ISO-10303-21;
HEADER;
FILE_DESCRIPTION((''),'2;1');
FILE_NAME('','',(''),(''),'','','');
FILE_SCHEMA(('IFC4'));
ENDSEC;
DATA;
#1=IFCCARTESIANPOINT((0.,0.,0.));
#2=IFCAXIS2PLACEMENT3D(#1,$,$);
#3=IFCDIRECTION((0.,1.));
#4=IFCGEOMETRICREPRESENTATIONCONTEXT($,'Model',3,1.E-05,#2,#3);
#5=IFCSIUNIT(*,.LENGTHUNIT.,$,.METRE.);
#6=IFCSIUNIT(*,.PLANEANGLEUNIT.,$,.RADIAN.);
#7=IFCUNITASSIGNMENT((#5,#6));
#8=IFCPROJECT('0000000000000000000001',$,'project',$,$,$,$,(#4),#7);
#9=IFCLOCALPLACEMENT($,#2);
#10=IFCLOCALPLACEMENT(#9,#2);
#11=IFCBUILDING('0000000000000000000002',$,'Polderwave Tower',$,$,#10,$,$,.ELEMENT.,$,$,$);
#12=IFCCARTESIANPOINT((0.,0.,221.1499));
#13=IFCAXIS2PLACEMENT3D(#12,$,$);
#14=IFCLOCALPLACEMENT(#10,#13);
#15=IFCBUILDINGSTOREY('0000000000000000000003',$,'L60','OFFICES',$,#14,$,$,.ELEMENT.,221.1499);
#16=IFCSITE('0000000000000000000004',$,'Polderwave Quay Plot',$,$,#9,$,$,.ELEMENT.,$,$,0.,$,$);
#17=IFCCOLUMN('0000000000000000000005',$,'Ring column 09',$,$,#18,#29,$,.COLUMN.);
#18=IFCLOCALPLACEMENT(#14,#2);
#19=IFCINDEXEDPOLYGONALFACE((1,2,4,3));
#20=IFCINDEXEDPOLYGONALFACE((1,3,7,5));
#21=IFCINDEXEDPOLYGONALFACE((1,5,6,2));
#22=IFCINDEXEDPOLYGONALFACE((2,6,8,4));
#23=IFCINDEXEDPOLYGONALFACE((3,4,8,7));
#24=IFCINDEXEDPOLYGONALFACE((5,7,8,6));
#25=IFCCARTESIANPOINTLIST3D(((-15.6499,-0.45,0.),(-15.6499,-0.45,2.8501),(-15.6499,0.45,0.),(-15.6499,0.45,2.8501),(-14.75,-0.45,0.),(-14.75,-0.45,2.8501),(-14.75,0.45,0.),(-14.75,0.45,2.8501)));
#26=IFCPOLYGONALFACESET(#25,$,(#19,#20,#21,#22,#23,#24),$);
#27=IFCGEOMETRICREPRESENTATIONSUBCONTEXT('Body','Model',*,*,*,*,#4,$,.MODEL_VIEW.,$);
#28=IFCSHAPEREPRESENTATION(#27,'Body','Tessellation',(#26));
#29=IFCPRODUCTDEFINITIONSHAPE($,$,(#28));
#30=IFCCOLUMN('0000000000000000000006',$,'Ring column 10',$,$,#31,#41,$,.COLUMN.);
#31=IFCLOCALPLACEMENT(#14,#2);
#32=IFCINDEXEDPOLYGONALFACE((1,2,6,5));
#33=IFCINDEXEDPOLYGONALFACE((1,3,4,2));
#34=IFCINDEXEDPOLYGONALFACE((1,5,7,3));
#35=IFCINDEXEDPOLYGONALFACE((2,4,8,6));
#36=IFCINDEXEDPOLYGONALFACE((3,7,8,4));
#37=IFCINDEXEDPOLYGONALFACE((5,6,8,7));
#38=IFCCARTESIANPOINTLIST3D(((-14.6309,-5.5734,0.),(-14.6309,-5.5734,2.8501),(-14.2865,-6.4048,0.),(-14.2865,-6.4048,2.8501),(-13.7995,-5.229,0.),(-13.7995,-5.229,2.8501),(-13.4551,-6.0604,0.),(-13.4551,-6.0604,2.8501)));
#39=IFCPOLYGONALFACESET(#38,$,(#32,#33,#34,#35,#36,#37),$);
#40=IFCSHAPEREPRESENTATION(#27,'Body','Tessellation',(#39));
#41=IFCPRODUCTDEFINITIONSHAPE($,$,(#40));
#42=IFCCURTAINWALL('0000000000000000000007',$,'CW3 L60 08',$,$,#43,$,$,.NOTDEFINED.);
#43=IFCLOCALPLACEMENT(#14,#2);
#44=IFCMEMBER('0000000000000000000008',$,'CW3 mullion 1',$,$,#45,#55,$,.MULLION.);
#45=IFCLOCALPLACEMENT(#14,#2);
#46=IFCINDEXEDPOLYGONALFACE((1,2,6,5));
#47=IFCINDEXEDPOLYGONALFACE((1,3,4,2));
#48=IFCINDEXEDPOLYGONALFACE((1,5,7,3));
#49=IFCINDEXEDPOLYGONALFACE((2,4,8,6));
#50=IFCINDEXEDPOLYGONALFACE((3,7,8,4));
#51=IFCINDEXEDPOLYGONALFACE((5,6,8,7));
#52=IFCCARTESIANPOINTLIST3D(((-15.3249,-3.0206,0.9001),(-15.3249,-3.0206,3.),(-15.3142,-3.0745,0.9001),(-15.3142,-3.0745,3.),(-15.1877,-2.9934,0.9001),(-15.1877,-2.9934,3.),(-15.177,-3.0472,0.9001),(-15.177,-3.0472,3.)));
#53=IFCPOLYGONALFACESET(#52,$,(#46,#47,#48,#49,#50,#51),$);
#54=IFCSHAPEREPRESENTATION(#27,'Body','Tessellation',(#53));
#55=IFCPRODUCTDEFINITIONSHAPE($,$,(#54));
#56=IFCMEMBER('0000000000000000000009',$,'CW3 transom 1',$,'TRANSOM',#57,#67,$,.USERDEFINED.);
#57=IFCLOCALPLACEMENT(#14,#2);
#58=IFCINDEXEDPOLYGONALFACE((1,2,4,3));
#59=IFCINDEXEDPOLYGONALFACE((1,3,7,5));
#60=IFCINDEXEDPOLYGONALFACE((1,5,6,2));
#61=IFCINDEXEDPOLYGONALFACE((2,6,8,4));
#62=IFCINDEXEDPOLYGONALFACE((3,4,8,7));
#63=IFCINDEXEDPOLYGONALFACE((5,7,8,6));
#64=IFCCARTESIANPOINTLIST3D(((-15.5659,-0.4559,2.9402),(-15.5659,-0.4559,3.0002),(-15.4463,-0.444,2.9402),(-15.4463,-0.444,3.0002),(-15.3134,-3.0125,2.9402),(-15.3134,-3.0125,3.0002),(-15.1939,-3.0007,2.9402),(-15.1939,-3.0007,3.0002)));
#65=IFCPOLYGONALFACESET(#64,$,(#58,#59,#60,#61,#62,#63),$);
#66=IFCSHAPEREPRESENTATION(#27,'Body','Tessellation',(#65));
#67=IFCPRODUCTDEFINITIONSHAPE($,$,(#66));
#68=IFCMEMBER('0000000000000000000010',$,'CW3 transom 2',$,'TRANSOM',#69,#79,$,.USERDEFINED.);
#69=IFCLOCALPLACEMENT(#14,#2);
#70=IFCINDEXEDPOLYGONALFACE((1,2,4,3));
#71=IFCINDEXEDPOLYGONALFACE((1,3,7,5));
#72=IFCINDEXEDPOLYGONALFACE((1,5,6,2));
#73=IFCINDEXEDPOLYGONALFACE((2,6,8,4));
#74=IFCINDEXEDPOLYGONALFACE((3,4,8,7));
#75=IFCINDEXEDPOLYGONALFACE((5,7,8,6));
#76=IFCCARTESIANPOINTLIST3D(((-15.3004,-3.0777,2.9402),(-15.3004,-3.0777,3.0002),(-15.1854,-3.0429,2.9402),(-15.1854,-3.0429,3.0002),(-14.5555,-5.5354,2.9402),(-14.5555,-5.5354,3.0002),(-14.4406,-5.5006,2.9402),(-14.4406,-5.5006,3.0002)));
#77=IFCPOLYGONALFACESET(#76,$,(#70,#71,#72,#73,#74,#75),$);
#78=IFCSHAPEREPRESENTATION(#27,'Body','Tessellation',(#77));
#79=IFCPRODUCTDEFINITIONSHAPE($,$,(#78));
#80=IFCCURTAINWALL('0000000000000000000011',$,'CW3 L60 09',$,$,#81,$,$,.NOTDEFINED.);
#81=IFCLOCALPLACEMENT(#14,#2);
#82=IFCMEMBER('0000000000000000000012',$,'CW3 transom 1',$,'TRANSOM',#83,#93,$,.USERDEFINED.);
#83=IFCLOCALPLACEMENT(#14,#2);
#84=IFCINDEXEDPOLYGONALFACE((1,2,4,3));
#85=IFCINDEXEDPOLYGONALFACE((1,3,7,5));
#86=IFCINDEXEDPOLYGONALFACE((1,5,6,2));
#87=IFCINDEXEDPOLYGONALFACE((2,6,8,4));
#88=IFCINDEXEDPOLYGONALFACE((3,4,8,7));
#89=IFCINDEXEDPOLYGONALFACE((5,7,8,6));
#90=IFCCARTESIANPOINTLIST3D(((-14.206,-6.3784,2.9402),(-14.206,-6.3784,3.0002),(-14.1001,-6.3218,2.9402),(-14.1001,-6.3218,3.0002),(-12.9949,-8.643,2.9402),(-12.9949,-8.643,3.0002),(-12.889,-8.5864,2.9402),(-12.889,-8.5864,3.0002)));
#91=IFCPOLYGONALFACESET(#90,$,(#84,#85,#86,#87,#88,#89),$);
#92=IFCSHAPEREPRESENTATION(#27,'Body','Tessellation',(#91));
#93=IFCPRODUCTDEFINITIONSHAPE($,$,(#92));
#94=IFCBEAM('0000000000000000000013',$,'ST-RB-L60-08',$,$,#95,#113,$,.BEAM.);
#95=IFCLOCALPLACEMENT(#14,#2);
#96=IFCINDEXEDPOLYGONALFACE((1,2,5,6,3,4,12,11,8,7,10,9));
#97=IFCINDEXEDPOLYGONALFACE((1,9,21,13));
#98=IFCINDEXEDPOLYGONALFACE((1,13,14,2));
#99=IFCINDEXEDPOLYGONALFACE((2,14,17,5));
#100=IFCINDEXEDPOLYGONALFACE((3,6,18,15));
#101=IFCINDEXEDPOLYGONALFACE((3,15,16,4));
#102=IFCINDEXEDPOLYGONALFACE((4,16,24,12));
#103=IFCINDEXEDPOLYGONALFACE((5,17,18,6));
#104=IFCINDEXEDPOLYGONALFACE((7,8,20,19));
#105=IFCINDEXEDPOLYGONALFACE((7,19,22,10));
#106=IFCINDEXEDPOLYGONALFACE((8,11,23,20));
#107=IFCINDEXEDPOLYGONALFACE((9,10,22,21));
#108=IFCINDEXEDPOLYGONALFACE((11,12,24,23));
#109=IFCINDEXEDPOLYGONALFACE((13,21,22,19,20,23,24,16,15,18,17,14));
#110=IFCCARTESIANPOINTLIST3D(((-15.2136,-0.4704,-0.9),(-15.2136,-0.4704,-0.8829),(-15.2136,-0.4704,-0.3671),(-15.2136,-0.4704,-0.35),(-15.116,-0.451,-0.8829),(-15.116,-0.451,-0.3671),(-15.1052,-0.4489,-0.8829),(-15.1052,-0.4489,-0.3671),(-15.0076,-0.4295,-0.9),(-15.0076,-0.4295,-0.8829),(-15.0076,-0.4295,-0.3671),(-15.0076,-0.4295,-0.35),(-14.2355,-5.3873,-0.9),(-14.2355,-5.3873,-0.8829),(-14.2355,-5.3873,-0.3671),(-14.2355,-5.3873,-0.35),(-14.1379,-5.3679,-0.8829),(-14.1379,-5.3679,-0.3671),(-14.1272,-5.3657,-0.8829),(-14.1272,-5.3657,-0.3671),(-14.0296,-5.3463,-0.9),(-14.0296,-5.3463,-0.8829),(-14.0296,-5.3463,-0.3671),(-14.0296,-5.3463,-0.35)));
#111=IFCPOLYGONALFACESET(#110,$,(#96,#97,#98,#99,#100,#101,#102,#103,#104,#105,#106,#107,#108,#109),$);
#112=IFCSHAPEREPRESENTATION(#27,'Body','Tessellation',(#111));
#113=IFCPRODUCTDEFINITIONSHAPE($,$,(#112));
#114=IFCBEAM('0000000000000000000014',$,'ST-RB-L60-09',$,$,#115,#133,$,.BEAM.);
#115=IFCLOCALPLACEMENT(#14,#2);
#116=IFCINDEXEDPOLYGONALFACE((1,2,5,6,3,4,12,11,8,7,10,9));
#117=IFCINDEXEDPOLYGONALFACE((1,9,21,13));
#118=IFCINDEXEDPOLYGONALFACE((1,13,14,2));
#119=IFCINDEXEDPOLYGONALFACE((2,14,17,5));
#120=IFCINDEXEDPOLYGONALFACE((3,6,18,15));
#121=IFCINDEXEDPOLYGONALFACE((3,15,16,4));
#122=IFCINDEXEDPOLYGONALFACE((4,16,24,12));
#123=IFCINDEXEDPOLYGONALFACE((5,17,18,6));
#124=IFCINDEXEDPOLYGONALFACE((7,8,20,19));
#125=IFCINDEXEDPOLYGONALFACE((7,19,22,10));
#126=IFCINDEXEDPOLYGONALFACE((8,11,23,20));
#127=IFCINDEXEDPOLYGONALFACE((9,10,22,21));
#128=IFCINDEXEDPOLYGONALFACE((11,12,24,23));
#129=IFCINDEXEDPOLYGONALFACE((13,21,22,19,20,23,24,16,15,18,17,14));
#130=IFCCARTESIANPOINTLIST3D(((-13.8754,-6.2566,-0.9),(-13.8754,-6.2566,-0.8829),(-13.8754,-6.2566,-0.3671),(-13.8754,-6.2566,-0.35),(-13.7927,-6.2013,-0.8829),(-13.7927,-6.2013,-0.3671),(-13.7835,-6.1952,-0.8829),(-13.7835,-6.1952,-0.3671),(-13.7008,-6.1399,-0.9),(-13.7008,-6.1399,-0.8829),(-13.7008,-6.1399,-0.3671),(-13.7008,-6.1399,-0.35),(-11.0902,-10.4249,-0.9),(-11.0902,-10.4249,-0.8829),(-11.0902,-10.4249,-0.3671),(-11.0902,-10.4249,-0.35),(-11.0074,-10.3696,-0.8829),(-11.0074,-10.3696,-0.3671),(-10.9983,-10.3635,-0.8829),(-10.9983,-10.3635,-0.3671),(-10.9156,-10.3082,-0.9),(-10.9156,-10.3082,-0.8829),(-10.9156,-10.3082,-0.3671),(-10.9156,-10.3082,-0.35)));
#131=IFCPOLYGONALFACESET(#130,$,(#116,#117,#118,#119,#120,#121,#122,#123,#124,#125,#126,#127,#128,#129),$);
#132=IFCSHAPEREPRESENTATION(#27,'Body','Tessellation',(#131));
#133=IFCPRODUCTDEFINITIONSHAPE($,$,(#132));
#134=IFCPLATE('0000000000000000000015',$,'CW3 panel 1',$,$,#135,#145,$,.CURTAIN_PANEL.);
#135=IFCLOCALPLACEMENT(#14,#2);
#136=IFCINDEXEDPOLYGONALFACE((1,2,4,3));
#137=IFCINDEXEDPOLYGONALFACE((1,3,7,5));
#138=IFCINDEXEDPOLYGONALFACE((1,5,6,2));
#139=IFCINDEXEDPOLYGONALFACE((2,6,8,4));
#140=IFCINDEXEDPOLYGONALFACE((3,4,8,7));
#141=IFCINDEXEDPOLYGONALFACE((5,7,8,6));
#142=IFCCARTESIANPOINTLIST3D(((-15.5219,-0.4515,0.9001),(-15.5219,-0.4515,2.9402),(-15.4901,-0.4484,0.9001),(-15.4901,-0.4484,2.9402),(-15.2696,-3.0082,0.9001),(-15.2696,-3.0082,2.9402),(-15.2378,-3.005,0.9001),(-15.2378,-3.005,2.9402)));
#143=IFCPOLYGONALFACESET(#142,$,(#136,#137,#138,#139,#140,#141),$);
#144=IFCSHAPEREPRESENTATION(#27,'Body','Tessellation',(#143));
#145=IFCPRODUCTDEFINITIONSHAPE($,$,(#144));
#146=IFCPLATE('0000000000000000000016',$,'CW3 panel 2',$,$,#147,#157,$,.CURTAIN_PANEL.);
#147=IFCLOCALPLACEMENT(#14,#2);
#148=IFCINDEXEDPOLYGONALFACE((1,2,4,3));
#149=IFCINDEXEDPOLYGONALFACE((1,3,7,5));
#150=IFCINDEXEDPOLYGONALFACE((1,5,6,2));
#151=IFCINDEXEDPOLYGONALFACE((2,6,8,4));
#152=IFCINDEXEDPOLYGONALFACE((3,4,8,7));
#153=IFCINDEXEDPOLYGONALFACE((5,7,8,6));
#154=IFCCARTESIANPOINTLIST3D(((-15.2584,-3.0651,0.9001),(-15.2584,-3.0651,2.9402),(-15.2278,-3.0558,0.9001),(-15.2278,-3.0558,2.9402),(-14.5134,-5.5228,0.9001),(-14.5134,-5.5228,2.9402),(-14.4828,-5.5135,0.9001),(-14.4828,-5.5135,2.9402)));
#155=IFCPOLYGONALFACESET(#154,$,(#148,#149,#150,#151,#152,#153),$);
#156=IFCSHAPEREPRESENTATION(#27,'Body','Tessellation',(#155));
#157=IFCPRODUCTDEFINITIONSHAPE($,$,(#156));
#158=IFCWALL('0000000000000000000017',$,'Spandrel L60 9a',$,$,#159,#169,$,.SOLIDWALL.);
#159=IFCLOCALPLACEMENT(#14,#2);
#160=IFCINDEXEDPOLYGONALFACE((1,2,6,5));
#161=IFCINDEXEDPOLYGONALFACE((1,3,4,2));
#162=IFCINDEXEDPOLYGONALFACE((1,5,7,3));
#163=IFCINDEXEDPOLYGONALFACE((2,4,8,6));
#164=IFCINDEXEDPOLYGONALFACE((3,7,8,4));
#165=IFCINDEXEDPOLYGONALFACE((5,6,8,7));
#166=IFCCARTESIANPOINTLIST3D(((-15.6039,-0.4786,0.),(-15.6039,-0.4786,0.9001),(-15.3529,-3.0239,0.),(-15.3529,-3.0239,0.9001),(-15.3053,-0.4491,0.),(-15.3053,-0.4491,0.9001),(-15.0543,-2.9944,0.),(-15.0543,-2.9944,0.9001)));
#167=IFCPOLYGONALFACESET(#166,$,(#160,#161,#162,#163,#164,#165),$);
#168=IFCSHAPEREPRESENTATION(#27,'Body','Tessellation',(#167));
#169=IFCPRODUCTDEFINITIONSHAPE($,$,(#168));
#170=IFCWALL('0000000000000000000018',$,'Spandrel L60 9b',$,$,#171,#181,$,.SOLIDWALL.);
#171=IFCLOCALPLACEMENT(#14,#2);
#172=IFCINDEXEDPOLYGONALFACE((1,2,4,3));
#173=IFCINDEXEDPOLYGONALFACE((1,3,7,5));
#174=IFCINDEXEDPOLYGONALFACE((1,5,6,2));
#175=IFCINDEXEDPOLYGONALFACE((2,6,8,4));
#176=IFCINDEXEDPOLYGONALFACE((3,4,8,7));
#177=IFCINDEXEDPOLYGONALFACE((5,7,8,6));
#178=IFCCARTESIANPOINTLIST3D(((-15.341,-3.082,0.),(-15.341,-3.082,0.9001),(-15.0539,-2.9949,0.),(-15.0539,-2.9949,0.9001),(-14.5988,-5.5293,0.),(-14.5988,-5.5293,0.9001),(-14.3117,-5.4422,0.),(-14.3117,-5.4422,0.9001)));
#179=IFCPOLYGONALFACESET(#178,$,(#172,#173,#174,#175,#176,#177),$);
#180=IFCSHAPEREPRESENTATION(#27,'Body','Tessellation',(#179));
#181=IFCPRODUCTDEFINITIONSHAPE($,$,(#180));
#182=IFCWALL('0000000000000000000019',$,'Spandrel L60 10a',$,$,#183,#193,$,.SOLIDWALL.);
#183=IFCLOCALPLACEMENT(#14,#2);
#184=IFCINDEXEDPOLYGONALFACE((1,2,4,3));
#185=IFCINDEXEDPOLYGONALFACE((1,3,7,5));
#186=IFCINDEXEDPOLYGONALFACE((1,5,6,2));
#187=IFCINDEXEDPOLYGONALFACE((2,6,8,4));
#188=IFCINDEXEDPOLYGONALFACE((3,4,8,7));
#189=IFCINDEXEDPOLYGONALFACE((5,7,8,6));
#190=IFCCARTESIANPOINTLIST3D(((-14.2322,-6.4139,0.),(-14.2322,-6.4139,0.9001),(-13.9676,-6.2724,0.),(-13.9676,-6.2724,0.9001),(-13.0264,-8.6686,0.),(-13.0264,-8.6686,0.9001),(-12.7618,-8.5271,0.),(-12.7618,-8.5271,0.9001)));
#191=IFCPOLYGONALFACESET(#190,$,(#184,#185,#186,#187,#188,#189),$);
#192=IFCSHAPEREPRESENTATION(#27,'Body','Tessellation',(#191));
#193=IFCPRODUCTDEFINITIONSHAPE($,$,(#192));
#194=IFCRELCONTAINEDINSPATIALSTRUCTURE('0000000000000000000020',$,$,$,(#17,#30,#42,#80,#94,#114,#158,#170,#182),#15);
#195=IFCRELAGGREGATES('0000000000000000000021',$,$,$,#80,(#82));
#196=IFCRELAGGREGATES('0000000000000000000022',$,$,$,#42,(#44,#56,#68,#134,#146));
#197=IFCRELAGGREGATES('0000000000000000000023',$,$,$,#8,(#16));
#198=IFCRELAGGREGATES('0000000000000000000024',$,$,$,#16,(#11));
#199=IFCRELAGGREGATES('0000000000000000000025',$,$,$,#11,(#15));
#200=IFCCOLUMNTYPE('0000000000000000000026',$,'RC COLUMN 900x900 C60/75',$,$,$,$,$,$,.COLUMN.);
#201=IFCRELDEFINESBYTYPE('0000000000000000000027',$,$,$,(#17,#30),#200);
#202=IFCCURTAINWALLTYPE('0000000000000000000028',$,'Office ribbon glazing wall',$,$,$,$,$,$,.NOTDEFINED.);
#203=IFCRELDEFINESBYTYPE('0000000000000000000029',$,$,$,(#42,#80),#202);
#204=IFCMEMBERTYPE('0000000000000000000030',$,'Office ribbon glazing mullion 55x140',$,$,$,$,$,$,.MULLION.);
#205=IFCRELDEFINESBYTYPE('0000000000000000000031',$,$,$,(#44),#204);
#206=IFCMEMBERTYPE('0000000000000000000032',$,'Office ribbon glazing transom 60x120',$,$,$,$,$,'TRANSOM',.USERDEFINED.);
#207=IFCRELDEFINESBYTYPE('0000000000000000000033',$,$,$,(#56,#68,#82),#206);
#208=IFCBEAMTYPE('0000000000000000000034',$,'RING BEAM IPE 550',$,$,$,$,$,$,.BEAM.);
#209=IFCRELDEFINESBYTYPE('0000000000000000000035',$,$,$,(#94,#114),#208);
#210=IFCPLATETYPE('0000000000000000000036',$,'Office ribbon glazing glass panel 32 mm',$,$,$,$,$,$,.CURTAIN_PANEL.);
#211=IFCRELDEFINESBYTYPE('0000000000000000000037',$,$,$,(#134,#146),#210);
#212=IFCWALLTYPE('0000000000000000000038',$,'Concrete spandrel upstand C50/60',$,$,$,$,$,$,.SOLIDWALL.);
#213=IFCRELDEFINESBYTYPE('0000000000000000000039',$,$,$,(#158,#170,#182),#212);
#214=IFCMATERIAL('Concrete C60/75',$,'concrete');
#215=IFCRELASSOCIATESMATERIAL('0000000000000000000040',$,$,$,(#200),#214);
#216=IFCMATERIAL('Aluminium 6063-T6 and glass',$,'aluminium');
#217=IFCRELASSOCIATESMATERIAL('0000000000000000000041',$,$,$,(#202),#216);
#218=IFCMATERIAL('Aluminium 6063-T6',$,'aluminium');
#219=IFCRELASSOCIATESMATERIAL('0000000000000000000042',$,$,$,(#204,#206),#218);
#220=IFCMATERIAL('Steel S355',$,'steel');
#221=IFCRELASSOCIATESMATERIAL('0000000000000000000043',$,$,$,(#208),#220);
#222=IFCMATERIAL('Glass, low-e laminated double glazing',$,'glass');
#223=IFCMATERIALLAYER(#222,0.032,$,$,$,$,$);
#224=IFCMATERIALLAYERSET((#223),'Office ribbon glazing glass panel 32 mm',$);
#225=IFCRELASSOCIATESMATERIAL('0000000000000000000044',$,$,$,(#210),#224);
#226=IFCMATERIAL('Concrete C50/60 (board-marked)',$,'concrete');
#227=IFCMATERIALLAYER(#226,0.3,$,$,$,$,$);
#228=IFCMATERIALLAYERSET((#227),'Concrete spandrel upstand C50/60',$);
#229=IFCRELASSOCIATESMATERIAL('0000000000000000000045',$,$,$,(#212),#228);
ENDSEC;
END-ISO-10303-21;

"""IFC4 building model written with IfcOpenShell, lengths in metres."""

from ifc_helpers import new_model, si_unit, direction, frame, frame_2d, origin, origin_2d, place, context, subcontext, project, spatial, rectangle, i_section, extrude, material, layer, layer_set, material_profile, profile_set, type_object, element, aggregate, save


model = new_model("IFC4")

# Units and contexts
model_context = context("Model", 3, precision=1e-05, world=origin(), true_north=direction((0.0, 1.0)))
body_context = subcontext(model_context, "Body", "Model", "MODEL_VIEW")
ifc_project = project(units=[si_unit("LENGTHUNIT", "METRE"), si_unit("PLANEANGLEUNIT", "RADIAN")], contexts=[model_context])

# Site, building, storey
site_placement = place(None, origin())
site = spatial("IfcSite", under=ifc_project, at=site_placement, Name="Polderwave Quay Plot", CompositionType="ELEMENT", RefElevation=0.0)
building_placement = place(site_placement, origin())
building = spatial("IfcBuilding", under=site, at=building_placement, Name="Polderwave Tower", CompositionType="ELEMENT")
storey_placement = place(building_placement, frame((0.0, 0.0, 221.1499)))
storey = spatial("IfcBuildingStorey", under=building, at=storey_placement, Name="L60", Description="OFFICES", CompositionType="ELEMENT", Elevation=221.1499)

# Columns
ifc_material_1 = material(Name="Concrete C60/75", Category="concrete")
ifc_material_profile_1 = material_profile(ifc_material_1, rectangle(XDim=0.8999, YDim=0.8999, at=origin_2d()), Name="RC 900x900")
ifc_profile_set_1 = profile_set([ifc_material_profile_1], Name="Concrete C60/75")
column_type = type_object("IfcColumnType", Name="RC COLUMN 900x900 C60/75", PredefinedType="COLUMN", material=ifc_profile_set_1)
for number, where, z_axis, x_axis, name in (
    (1, (-15.2, 0.0, 0.0), (0.0, 0.0, 1.0), (-1.0, 0.0, 0.0), "Ring column 09"),
    (2, (-14.043, -5.8169, 0.0), (0.0, 0.0, 1.0), (-0.92388, -0.382683, 0.0), "Ring column 10"),
):
    element("IfcColumn", number, at=place(storey_placement, frame(where, z_axis=z_axis, x_axis=x_axis)), inside=storey, type_object=column_type, Name=name, PredefinedType="COLUMN", context=body_context, shape_type="SweptSolid", body=[
        extrude(rectangle(XDim=0.8999, YDim=0.8999, at=origin_2d()), origin(), (0.0, 0.0, 1.0), 2.8501),
    ])

# Curtain wall, members
ifc_material_2 = material(Name="Aluminium 6063-T6 and glass", Category="aluminium")
curtain_wall_type = type_object("IfcCurtainWallType", Name="Office ribbon glazing wall", PredefinedType="NOTDEFINED", material=ifc_material_2)
curtain_wall_1_placement = place(storey_placement, origin())
curtain_wall_1 = element("IfcCurtainWall", 3, at=curtain_wall_1_placement, inside=storey, type_object=curtain_wall_type, Name="CW3 L60 08", PredefinedType="NOTDEFINED")
ifc_material_3 = material(Name="Aluminium 6063-T6", Category="aluminium")
ifc_material_profile_2 = material_profile(ifc_material_3, rectangle(XDim=0.1399, YDim=0.0549, at=origin_2d()), Name="AL 55x140")
ifc_profile_set_2 = profile_set([ifc_material_profile_2], Name="Aluminium 6063-T6")
member_type_1 = type_object("IfcMemberType", Name="Office ribbon glazing mullion 55x140", PredefinedType="MULLION", material=ifc_profile_set_2)
member_1_placement = place(storey_placement, frame((-15.251, -3.0339, 0.9001), z_axis=(0.0, 0.0, 1.0), x_axis=(0.980785, 0.195092, 0.0)))
member_1 = element("IfcMember", 4, at=member_1_placement, type_object=member_type_1, Name="CW3 mullion 1", PredefinedType="MULLION", context=body_context, shape_type="SweptSolid", body=[
    extrude(rectangle(XDim=0.1399, YDim=0.0549, at=origin_2d()), origin(), (0.0, 0.0, 1.0), 2.0999),
])
ifc_material_profile_3 = material_profile(ifc_material_3, rectangle(XDim=0.1201, YDim=0.0601, at=origin_2d()), Name="AL 60x120")
ifc_profile_set_3 = profile_set([ifc_material_profile_3], Name="Aluminium 6063-T6")
member_type_2 = type_object("IfcMemberType", Name="Office ribbon glazing transom 60x120", ElementType="TRANSOM", PredefinedType="USERDEFINED", material=ifc_profile_set_3)
member_2_placement = place(storey_placement, frame((-15.5061, -0.45, 2.9702), z_axis=(0.098262, -0.995161, 0.0), x_axis=(0.995161, 0.098262, 0.0)))
member_2 = element("IfcMember", 5, at=member_2_placement, type_object=member_type_2, Name="CW3 transom 1", ObjectType="TRANSOM", PredefinedType="USERDEFINED", context=body_context, shape_type="SweptSolid", body=[
    extrude(rectangle(XDim=0.1201, YDim=0.0601, at=origin_2d()), origin(), (0.0, 0.0, 1.0), 2.5691),
])
member_3_placement = place(storey_placement, frame((-15.2429, -3.0603, 2.9702), z_axis=(0.290042, -0.957014, 0.0), x_axis=(0.957014, 0.290042, 0.0)))
member_3 = element("IfcMember", 6, at=member_3_placement, type_object=member_type_2, Name="CW3 transom 2", ObjectType="TRANSOM", PredefinedType="USERDEFINED", context=body_context, shape_type="SweptSolid", body=[
    extrude(rectangle(XDim=0.1201, YDim=0.0601, at=origin_2d()), origin(), (0.0, 0.0, 1.0), 2.5681),
])

# Curtain wall, member
curtain_wall_2_placement = place(storey_placement, origin())
curtain_wall_2 = element("IfcCurtainWall", 7, at=curtain_wall_2_placement, inside=storey, type_object=curtain_wall_type, Name="CW3 L60 09", PredefinedType="NOTDEFINED")
member_4_placement = place(storey_placement, frame((-14.1531, -6.3501, 2.9702), z_axis=(0.471609, -0.881808, 0.0), x_axis=(0.881808, 0.471609, 0.0)))
member_4 = element("IfcMember", 8, at=member_4_placement, type_object=member_type_2, Name="CW3 transom 1", ObjectType="TRANSOM", PredefinedType="USERDEFINED", context=body_context, shape_type="SweptSolid", body=[
    extrude(rectangle(XDim=0.1201, YDim=0.0601, at=origin_2d()), origin(), (0.0, 0.0, 1.0), 2.5681),
])
aggregate(curtain_wall_2, [member_4])

# Beams
ifc_material_4 = material(Name="Steel S355", Category="steel")
ifc_material_profile_4 = material_profile(ifc_material_4, i_section(OverallWidth=0.21, OverallDepth=0.55, WebThickness=0.011, FlangeThickness=0.0171, at=origin_2d()), Name="IPE 550")
ifc_profile_set_4 = profile_set([ifc_material_profile_4], Name="Steel S355")
beam_type = type_object("IfcBeamType", Name="RING BEAM IPE 550", PredefinedType="BEAM", material=ifc_profile_set_4)
for number, where, z_axis, x_axis, name in (
    (9, (-15.1106, -0.45, -0.625), (0.195095, -0.980784, 0.0), (0.980784, 0.195095, 0.0), "ST-RB-L60-08"),
    (10, (-13.7881, -6.1982, -0.625), (0.555576, -0.831465, 0.0), (0.831465, 0.555576, 0.0), "ST-RB-L60-09"),
):
    element("IfcBeam", number, at=place(storey_placement, frame(where, z_axis=z_axis, x_axis=x_axis)), inside=storey, type_object=beam_type, Name=name, PredefinedType="BEAM", context=body_context, shape_type="SweptSolid", body=[
        extrude(i_section(OverallWidth=0.21, OverallDepth=0.55, WebThickness=0.011, FlangeThickness=0.0171, at=origin_2d()), origin(), (0.0, 0.0, 1.0), 5.0132),
    ])

# Plates
ifc_material_5 = material(Name="Glass, low-e laminated double glazing", Category="glass")
ifc_layer_1 = layer(ifc_material_5, 0.032)
ifc_layer_set_1 = layer_set([ifc_layer_1], Name="Office ribbon glazing glass panel 32 mm")
plate_type = type_object("IfcPlateType", Name="Office ribbon glazing glass panel 32 mm", PredefinedType="CURTAIN_PANEL", material=ifc_layer_set_1)
plate_1_placement = place(storey_placement, frame((-15.3799, -1.7283, 0.9001), z_axis=(0.0, 0.0, 1.0), x_axis=(0.098206, -0.995166, 0.0)))
plate_1 = element("IfcPlate", 11, at=plate_1_placement, type_object=plate_type, Name="CW3 panel 1", PredefinedType="CURTAIN_PANEL", context=body_context, shape_type="SweptSolid", body=[
    extrude(rectangle(XDim=2.5691, YDim=0.032, at=origin_2d()), origin(), (0.0, 0.0, 1.0), 2.04),
])
plate_2_placement = place(storey_placement, frame((-14.8706, -4.2893, 0.9001), z_axis=(0.0, 0.0, 1.0), x_axis=(0.290104, -0.956995, 0.0)))
plate_2 = element("IfcPlate", 12, at=plate_2_placement, type_object=plate_type, Name="CW3 panel 2", PredefinedType="CURTAIN_PANEL", context=body_context, shape_type="SweptSolid", body=[
    extrude(rectangle(XDim=2.5681, YDim=0.032, at=origin_2d()), origin(), (0.0, 0.0, 1.0), 2.04),
])
aggregate(curtain_wall_1, [member_1, member_2, member_3, plate_1, plate_2])

# Walls
ifc_material_6 = material(Name="Concrete C50/60 (board-marked)", Category="concrete")
ifc_layer_2 = layer(ifc_material_6, 0.3)
ifc_layer_set_2 = layer_set([ifc_layer_2], Name="Concrete spandrel upstand C50/60")
wall_type_1 = type_object("IfcWallType", Name="Concrete spandrel upstand C50/60", PredefinedType="SOLIDWALL", material=ifc_layer_set_2)
wall_1_placement = place(storey_placement, frame((-15.4546, -0.4639, 0.0), z_axis=(0.0, 0.0, 1.0), x_axis=(0.098133, -0.995173, 0.0)))
element("IfcWall", 13, at=wall_1_placement, inside=storey, type_object=wall_type_1, Name="Spandrel L60 9a", PredefinedType="SOLIDWALL", context=body_context, shape_type="SweptSolid", body=[
    extrude(rectangle(XDim=2.5576, YDim=0.3, at=frame_2d((1.2788, 0.0))), origin(), (0.0, 0.0, 1.0), 0.9001),
])
wall_2_placement = place(storey_placement, frame((-15.1975, -3.0383, 0.0), z_axis=(0.0, 0.0, 1.0), x_axis=(0.290219, -0.95696, 0.0)))
element("IfcWall", 14, at=wall_2_placement, inside=storey, type_object=wall_type_1, Name="Spandrel L60 9b", PredefinedType="SOLIDWALL", context=body_context, shape_type="SweptSolid", body=[
    extrude(rectangle(XDim=2.5574, YDim=0.3, at=frame_2d((1.2788, 0.0))), origin(), (0.0, 0.0, 1.0), 0.9001),
])
wall_3_placement = place(storey_placement, frame((-14.0999, -6.3433, 0.0), z_axis=(0.0, 0.0, 1.0), x_axis=(0.471604, -0.88181, 0.0)))
element("IfcWall", 15, at=wall_3_placement, inside=storey, type_object=wall_type_1, Name="Spandrel L60 10a", PredefinedType="SOLIDWALL", context=body_context, shape_type="SweptSolid", body=[
    extrude(rectangle(XDim=2.5569, YDim=0.3, at=frame_2d((1.2783, 0.0))), origin(), (0.0, 0.0, 1.0), 0.9001),
])

save(model, "model.ifc")
